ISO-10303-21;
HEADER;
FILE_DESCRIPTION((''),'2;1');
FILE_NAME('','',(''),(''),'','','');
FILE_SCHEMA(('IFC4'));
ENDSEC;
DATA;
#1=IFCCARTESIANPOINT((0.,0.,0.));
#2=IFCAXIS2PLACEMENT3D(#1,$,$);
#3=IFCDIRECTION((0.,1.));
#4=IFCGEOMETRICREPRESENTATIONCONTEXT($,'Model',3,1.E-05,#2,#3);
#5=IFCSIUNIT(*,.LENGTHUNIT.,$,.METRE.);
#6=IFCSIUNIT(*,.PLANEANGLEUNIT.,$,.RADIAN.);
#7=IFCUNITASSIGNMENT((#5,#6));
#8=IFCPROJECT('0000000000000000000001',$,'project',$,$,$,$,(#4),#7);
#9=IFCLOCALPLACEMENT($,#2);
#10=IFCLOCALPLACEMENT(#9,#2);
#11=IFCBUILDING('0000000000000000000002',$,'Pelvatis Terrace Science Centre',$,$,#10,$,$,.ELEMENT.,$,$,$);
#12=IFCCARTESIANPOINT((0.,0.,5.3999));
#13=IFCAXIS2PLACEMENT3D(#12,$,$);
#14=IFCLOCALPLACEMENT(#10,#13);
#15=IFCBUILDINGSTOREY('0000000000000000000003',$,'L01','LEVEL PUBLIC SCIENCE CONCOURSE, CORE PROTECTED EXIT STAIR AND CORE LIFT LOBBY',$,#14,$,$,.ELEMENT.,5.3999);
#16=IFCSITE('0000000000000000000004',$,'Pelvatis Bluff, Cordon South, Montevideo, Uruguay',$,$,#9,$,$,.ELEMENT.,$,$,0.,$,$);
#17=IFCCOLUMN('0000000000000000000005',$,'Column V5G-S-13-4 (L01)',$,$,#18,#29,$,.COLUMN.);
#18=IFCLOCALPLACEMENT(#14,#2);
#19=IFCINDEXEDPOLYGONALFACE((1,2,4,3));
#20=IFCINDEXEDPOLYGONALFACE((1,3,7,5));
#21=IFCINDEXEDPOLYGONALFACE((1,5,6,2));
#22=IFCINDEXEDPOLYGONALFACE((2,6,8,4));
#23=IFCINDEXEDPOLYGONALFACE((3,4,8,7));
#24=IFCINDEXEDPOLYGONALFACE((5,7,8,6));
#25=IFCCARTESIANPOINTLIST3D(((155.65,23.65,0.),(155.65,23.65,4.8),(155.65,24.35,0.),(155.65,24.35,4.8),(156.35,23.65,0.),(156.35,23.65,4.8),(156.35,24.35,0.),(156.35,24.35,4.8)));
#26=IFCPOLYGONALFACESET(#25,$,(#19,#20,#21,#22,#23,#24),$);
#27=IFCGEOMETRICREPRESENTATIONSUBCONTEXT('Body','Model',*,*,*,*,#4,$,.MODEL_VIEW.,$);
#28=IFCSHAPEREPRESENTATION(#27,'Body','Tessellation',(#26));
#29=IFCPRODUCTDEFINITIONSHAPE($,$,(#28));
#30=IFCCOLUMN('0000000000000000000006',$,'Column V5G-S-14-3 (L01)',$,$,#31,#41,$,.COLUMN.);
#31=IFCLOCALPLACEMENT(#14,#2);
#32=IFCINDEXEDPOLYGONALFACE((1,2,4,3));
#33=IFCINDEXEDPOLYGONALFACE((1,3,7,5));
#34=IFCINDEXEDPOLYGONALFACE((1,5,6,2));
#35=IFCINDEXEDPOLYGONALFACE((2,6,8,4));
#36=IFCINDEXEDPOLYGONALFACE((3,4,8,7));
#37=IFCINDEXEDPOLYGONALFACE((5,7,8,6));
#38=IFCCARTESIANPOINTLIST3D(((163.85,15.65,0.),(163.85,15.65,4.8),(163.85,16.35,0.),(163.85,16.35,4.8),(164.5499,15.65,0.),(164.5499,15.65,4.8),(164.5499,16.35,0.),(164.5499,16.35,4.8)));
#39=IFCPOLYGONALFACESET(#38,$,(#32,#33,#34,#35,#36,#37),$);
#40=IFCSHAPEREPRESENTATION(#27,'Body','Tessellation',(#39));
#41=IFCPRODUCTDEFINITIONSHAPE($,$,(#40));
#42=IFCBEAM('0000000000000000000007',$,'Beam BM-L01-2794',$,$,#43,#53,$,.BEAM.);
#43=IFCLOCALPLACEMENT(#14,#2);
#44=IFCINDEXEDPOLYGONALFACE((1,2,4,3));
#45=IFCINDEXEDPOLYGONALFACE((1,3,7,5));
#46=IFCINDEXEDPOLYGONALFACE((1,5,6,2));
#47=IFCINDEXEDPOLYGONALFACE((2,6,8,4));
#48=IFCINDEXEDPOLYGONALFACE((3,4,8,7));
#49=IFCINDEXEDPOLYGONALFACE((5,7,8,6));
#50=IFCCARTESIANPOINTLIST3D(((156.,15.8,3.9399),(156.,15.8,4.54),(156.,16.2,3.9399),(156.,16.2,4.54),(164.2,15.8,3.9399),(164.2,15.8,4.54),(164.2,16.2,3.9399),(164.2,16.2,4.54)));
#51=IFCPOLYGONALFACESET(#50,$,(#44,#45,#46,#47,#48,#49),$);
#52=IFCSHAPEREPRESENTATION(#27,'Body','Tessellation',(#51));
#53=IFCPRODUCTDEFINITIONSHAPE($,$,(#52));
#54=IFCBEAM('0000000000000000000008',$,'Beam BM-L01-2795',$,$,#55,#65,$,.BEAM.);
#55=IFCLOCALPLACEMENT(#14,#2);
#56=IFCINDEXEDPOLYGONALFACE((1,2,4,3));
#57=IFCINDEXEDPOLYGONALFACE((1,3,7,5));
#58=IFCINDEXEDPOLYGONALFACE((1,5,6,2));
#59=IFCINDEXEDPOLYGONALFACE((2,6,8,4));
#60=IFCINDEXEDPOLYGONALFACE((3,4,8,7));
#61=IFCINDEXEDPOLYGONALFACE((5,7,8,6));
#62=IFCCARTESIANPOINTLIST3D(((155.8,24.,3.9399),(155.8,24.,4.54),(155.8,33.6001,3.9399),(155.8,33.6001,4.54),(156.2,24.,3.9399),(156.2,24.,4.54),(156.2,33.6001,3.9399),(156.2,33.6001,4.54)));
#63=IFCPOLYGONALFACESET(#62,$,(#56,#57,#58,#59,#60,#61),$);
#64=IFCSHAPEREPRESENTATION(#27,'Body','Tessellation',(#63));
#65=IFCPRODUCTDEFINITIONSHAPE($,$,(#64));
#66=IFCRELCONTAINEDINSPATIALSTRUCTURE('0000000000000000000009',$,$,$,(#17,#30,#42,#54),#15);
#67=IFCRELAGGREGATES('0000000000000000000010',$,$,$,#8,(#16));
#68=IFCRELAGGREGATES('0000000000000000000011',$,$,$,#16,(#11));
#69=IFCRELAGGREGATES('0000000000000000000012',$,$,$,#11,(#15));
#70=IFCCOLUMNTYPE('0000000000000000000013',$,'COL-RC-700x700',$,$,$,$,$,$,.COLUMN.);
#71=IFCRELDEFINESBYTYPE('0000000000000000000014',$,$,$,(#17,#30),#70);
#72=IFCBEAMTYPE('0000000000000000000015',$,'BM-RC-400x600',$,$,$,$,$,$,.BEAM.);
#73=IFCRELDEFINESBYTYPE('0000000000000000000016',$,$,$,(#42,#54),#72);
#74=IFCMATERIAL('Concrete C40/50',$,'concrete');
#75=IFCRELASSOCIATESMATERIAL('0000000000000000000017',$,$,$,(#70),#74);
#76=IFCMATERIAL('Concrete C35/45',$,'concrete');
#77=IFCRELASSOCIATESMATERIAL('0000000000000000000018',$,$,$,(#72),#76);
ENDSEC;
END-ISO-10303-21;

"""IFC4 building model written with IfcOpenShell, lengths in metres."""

from ifc_helpers import new_model, si_unit, direction, frame, origin, origin_2d, place, context, subcontext, project, spatial, rectangle, extrude, material, material_profile, profile_set, type_object, element, save


model = new_model("IFC4")

# Units and contexts
model_context = context("Model", 3, precision=1e-05, world=origin(), true_north=direction((0.0, 1.0)))
body_context = subcontext(model_context, "Body", "Model", "MODEL_VIEW")
ifc_project = project(units=[si_unit("LENGTHUNIT", "METRE"), si_unit("PLANEANGLEUNIT", "RADIAN")], contexts=[model_context])

# Site, building, storey
site_placement = place(None, origin())
site = spatial("IfcSite", under=ifc_project, at=site_placement, Name="Pelvatis Bluff, Cordon South, Montevideo, Uruguay", CompositionType="ELEMENT", RefElevation=0.0)
building_placement = place(site_placement, origin())
building = spatial("IfcBuilding", under=site, at=building_placement, Name="Pelvatis Terrace Science Centre", CompositionType="ELEMENT")
storey_placement = place(building_placement, frame((0.0, 0.0, 5.3999)))
storey = spatial("IfcBuildingStorey", under=building, at=storey_placement, Name="L01", Description="LEVEL PUBLIC SCIENCE CONCOURSE, CORE PROTECTED EXIT STAIR AND CORE LIFT LOBBY", CompositionType="ELEMENT", Elevation=5.3999)

# Columns
ifc_material_1 = material(Name="Concrete C40/50", Category="concrete")
ifc_material_profile_1 = material_profile(ifc_material_1, rectangle(XDim=0.7, YDim=0.7, at=origin_2d()), Name="RC-COL 700x700")
ifc_profile_set_1 = profile_set([ifc_material_profile_1], Name="Concrete C40/50")
column_type = type_object("IfcColumnType", Name="COL-RC-700x700", PredefinedType="COLUMN", material=ifc_profile_set_1)
for number, where, z_axis, x_axis, name in (
    (1, (156.0, 24.0, 0.0), (0.0, 0.0, 1.0), (1.0, 0.0, 0.0), "Column V5G-S-13-4 (L01)"),
    (2, (164.2, 16.0, 0.0), (0.0, 0.0, 1.0), (1.0, 0.0, 0.0), "Column V5G-S-14-3 (L01)"),
):
    element("IfcColumn", number, at=place(storey_placement, frame(where, z_axis=z_axis, x_axis=x_axis)), inside=storey, type_object=column_type, Name=name, PredefinedType="COLUMN", context=body_context, shape_type="SweptSolid", body=[
        extrude(rectangle(XDim=0.7, YDim=0.7, at=origin_2d()), origin(), (0.0, 0.0, 1.0), 4.8),
    ])

# Beams
ifc_material_2 = material(Name="Concrete C35/45", Category="concrete")
ifc_material_profile_2 = material_profile(ifc_material_2, rectangle(XDim=0.3999, YDim=0.6001, at=origin_2d()), Name="RC-BM 400x600")
ifc_profile_set_2 = profile_set([ifc_material_profile_2], Name="Concrete C35/45")
beam_type = type_object("IfcBeamType", Name="BM-RC-400x600", PredefinedType="BEAM", material=ifc_profile_set_2)
beam_1_placement = place(storey_placement, frame((156.0, 16.0, 4.24), z_axis=(1.0, 0.0, 0.0), x_axis=(0.0, 1.0, 0.0)))
element("IfcBeam", 3, at=beam_1_placement, inside=storey, type_object=beam_type, Name="Beam BM-L01-2794", PredefinedType="BEAM", context=body_context, shape_type="SweptSolid", body=[
    extrude(rectangle(XDim=0.3999, YDim=0.6001, at=origin_2d()), origin(), (0.0, 0.0, 1.0), 8.2),
])
beam_2_placement = place(storey_placement, frame((156.0, 24.0, 4.24), z_axis=(0.0, 1.0, 0.0), x_axis=(-1.0, 0.0, 0.0)))
element("IfcBeam", 4, at=beam_2_placement, inside=storey, type_object=beam_type, Name="Beam BM-L01-2795", PredefinedType="BEAM", context=body_context, shape_type="SweptSolid", body=[
    extrude(rectangle(XDim=0.3999, YDim=0.6001, at=origin_2d()), origin(), (0.0, 0.0, 1.0), 9.6001),
])

save(model, "model.ifc")
